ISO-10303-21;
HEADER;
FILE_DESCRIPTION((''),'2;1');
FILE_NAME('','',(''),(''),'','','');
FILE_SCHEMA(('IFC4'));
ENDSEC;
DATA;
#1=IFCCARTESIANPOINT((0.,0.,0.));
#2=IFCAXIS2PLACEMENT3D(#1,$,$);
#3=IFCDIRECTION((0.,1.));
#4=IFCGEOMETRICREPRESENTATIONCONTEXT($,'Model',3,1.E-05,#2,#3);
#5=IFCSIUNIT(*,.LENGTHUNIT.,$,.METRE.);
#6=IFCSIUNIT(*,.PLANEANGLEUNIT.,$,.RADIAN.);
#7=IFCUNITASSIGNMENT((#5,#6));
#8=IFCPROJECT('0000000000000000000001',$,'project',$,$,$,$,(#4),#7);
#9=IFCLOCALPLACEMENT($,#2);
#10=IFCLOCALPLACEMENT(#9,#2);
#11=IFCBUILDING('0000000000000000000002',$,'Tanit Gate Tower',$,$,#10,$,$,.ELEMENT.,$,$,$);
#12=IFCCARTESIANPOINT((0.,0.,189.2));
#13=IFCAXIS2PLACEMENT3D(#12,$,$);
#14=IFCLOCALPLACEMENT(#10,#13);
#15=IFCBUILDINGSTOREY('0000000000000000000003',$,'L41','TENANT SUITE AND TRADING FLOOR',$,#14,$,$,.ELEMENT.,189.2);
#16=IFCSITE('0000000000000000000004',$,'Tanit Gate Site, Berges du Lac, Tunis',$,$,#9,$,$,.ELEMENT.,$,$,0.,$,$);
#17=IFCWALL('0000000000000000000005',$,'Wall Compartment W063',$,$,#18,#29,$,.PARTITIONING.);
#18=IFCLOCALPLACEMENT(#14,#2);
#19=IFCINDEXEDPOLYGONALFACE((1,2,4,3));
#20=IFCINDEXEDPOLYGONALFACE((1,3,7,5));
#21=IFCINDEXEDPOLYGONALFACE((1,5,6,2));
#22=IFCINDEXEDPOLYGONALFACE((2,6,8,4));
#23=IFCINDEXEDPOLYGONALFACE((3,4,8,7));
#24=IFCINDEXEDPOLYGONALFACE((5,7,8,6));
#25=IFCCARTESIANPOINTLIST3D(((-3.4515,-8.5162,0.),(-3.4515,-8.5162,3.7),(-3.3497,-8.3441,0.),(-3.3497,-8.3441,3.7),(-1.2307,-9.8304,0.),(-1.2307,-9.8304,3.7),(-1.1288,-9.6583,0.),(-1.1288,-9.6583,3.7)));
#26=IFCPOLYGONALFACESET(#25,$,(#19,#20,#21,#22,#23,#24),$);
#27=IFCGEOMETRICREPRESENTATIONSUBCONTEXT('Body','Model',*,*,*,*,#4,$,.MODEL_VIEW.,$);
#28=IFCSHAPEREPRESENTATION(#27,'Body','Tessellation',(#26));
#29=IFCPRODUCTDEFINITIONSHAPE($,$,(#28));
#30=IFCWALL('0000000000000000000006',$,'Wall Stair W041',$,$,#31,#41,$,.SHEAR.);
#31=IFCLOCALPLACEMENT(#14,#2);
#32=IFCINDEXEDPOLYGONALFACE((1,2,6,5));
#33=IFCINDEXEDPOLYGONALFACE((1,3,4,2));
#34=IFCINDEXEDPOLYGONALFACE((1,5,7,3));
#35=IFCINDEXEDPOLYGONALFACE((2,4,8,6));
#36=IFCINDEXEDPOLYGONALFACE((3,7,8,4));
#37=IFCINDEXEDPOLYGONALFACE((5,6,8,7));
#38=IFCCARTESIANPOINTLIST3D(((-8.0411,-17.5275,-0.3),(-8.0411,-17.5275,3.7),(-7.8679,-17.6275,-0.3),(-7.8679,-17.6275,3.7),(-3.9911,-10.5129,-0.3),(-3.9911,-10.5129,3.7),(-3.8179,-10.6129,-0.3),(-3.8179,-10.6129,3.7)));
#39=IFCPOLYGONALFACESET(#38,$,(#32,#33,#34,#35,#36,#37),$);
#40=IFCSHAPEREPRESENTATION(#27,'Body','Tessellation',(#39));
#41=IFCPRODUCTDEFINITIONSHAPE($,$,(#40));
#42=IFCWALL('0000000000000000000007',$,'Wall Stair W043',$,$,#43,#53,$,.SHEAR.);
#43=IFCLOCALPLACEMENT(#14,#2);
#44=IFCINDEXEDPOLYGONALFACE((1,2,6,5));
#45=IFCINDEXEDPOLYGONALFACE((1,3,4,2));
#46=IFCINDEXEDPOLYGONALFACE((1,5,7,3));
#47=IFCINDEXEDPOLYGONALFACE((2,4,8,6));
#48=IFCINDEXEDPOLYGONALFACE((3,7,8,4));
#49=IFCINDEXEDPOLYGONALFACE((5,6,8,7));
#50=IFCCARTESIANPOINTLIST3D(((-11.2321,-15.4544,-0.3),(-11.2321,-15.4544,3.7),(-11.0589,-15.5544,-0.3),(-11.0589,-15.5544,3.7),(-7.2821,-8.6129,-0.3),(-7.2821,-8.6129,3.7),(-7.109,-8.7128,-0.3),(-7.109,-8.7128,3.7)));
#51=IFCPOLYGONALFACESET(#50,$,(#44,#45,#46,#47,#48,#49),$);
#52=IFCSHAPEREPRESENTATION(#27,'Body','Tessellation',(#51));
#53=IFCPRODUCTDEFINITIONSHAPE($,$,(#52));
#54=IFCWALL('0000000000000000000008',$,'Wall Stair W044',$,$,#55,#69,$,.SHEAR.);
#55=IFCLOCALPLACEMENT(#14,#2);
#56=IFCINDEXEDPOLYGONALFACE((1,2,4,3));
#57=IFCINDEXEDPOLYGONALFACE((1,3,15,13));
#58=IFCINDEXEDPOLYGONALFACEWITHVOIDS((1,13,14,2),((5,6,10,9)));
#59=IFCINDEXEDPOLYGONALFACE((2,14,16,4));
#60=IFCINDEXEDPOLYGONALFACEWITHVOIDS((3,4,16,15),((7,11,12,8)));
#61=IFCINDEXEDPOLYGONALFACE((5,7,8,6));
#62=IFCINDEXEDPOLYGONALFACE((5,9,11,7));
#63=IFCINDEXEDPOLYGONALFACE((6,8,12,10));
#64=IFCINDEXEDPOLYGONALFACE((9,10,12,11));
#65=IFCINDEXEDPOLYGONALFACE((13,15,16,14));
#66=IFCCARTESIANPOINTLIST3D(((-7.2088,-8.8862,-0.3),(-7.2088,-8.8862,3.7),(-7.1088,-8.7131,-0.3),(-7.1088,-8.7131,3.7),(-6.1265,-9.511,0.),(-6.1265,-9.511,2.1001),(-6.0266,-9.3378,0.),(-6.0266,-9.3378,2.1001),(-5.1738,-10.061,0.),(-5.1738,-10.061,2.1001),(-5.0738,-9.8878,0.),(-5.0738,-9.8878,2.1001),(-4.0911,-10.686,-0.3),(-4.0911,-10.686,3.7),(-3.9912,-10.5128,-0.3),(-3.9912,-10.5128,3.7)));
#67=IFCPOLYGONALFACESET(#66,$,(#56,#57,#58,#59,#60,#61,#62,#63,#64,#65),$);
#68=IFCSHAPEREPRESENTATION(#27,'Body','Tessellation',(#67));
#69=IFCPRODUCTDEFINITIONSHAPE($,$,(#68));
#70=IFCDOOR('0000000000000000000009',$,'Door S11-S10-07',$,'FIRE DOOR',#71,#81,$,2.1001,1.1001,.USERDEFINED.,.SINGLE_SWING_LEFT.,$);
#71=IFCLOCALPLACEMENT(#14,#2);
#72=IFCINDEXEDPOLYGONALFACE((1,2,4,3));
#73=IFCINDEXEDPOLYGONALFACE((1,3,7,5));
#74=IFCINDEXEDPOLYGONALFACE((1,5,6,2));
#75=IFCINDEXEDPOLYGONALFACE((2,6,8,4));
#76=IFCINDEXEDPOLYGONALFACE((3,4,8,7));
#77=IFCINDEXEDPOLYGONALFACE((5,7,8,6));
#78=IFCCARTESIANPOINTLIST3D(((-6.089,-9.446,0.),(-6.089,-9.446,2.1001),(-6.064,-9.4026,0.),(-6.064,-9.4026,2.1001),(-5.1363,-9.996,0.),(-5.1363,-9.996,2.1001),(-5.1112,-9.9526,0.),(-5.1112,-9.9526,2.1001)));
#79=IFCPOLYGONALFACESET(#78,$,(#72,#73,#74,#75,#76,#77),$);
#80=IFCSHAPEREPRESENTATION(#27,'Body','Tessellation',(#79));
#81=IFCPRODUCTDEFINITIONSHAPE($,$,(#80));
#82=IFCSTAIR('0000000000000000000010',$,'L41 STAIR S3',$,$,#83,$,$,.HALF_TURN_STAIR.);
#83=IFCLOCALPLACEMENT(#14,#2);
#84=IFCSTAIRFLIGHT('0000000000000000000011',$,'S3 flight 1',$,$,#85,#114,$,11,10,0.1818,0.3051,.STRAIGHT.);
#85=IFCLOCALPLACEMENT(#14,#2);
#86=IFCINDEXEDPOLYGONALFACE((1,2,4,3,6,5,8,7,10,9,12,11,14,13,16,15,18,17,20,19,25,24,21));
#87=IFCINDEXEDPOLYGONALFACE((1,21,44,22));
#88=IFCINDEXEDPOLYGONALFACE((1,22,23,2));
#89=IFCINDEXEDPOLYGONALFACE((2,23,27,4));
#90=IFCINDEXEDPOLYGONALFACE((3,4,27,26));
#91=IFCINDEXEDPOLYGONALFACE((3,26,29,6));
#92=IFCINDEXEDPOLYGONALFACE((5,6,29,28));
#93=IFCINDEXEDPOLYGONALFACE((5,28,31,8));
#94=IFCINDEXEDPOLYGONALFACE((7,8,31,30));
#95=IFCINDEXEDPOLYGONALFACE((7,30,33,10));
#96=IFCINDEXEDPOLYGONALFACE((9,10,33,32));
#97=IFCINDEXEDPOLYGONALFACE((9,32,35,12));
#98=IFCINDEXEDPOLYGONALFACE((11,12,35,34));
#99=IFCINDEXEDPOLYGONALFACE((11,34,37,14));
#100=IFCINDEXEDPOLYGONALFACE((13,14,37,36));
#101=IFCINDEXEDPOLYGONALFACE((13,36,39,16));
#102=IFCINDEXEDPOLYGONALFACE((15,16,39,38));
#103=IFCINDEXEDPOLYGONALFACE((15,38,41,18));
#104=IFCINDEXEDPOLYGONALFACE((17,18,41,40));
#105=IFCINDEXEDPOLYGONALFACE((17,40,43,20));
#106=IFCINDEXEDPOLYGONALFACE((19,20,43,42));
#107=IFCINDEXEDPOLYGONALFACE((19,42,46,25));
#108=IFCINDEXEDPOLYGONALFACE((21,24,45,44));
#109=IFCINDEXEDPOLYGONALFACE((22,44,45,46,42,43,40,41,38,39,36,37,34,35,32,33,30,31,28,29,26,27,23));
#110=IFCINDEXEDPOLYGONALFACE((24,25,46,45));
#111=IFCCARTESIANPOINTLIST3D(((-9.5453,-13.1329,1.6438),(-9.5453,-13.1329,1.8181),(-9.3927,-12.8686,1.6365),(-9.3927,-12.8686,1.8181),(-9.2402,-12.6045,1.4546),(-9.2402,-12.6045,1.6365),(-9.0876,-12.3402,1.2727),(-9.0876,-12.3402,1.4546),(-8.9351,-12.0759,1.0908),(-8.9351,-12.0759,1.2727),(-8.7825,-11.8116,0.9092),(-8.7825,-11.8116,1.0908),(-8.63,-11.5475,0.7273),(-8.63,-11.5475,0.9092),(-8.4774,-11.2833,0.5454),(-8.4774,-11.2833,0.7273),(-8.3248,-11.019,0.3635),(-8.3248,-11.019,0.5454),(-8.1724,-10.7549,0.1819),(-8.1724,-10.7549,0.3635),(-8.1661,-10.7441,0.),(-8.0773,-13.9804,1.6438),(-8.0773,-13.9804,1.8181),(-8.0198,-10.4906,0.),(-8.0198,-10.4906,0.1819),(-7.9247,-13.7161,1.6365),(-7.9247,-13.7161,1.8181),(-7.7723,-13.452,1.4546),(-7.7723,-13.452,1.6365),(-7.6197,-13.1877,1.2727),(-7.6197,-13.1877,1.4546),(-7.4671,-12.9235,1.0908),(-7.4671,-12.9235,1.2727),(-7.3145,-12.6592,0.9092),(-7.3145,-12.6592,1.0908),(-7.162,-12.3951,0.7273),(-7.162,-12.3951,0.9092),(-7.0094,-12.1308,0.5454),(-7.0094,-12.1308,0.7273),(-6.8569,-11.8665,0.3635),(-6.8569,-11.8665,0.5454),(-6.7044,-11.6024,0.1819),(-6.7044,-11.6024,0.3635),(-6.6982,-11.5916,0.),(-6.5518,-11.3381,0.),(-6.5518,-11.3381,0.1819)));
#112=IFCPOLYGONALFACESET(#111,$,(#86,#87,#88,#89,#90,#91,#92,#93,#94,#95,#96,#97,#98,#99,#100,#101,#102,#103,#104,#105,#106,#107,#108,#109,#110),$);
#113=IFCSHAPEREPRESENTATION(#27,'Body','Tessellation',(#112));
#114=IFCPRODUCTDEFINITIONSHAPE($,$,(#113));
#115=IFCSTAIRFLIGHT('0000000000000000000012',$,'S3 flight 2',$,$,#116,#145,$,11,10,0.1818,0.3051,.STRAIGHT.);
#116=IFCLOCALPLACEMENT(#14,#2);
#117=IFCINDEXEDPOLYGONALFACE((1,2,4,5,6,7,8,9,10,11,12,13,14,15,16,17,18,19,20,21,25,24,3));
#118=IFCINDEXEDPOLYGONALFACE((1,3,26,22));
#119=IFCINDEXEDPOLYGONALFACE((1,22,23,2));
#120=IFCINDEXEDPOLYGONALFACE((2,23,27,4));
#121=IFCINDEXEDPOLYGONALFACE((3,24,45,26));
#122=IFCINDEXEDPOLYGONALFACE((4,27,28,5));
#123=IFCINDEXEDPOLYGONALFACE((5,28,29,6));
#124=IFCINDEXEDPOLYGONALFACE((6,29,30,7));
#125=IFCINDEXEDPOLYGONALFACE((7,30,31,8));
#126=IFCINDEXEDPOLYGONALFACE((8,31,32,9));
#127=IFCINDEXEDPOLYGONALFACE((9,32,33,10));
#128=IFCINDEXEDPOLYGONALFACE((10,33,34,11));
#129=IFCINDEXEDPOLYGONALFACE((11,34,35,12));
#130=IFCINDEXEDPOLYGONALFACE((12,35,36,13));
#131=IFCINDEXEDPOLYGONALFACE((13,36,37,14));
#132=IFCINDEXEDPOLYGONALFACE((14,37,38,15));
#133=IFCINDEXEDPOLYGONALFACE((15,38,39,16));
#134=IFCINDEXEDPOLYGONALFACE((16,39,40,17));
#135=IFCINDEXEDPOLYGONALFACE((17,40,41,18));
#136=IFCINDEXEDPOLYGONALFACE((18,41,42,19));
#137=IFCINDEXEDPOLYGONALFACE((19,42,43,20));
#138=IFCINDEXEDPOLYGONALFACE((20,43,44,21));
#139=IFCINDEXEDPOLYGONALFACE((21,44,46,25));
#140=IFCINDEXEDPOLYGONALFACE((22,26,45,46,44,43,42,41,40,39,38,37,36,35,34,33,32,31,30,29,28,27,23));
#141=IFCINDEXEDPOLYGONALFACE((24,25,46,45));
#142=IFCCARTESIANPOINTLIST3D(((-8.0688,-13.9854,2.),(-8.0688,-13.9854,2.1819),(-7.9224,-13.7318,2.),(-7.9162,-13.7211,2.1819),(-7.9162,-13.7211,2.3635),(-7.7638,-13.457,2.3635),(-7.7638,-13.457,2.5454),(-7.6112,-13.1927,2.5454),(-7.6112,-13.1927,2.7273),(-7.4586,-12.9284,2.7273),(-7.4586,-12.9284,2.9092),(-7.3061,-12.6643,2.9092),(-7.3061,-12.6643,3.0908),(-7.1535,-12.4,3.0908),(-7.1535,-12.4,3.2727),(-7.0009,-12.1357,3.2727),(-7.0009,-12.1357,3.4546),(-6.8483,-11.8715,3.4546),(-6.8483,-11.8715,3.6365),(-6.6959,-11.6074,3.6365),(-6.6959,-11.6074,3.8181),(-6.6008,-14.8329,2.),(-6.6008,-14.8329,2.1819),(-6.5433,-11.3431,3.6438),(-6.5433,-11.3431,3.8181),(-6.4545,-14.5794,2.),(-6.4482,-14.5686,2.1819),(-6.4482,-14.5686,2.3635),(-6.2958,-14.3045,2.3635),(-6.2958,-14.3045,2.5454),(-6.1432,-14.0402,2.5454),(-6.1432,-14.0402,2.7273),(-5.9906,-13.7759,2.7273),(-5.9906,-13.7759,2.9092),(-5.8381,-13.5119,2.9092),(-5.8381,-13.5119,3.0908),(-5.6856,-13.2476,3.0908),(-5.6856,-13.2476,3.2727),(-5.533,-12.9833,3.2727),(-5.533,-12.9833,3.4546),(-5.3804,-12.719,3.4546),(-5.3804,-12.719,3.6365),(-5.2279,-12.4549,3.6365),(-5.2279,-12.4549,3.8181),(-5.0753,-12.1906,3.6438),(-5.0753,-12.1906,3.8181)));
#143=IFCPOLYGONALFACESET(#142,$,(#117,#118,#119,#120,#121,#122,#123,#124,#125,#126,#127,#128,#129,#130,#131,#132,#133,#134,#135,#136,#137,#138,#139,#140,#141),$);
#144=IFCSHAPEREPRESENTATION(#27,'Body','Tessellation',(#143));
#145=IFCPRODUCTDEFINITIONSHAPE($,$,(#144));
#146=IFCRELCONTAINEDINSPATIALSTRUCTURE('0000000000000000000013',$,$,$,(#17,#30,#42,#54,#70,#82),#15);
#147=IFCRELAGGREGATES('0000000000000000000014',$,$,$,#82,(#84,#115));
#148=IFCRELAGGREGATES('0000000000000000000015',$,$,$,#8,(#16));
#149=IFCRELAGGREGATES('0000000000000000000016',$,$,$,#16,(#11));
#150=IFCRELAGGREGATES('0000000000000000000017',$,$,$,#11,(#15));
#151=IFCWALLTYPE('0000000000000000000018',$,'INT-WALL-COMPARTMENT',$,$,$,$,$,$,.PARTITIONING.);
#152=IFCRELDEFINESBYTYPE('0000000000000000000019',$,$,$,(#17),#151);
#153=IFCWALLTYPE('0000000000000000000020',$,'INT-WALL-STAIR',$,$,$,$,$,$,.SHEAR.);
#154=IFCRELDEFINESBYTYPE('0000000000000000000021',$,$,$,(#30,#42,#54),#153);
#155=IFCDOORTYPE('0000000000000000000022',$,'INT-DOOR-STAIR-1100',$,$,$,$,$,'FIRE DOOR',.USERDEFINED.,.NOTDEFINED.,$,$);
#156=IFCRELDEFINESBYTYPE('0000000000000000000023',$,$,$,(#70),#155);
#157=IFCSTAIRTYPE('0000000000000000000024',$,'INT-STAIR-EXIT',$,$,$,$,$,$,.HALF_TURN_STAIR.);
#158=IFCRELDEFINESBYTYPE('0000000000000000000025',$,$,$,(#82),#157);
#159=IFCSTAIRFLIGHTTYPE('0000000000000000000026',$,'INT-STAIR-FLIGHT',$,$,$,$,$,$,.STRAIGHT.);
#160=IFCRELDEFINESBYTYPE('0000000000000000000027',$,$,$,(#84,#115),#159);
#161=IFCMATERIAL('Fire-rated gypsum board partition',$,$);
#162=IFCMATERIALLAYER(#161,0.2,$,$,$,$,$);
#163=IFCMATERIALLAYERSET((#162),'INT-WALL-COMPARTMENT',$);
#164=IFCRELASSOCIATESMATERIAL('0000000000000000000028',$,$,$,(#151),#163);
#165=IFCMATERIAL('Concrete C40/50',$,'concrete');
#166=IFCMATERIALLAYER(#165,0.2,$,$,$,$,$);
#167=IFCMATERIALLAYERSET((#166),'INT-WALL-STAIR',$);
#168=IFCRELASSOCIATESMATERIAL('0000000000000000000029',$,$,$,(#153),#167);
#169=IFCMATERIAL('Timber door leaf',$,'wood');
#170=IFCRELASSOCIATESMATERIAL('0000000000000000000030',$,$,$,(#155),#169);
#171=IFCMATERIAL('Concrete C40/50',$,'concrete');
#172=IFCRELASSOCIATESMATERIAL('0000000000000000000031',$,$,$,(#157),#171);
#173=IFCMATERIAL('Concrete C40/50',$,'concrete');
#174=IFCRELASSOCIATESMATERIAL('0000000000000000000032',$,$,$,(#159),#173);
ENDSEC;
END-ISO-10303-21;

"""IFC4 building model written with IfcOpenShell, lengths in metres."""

from ifc_helpers import new_model, si_unit, direction, frame, frame_2d, origin, place, context, subcontext, project, spatial, polyline, rectangle, outline, extrude, material, layer, layer_set, type_object, element, fill, aggregate, save


model = new_model("IFC4")

# Units and contexts
model_context = context("Model", 3, precision=1e-05, world=origin(), true_north=direction((0.0, 1.0)))
body_context = subcontext(model_context, "Body", "Model", "MODEL_VIEW")
ifc_project = project(units=[si_unit("LENGTHUNIT", "METRE"), si_unit("PLANEANGLEUNIT", "RADIAN")], contexts=[model_context])

# Site, building, storey
site_placement = place(None, origin())
site = spatial("IfcSite", under=ifc_project, at=site_placement, Name="Tanit Gate Site, Berges du Lac, Tunis", CompositionType="ELEMENT", RefElevation=0.0)
building_placement = place(site_placement, origin())
building = spatial("IfcBuilding", under=site, at=building_placement, Name="Tanit Gate Tower", CompositionType="ELEMENT")
storey_placement = place(building_placement, frame((0.0, 0.0, 189.2)))
storey = spatial("IfcBuildingStorey", under=building, at=storey_placement, Name="L41", Description="TENANT SUITE AND TRADING FLOOR", CompositionType="ELEMENT", Elevation=189.2)

# Wall
ifc_material_1 = material(Name="Fire-rated gypsum board partition")
ifc_layer_1 = layer(ifc_material_1, 0.2)
ifc_layer_set_1 = layer_set([ifc_layer_1], Name="INT-WALL-COMPARTMENT")
wall_type_1 = type_object("IfcWallType", Name="INT-WALL-COMPARTMENT", PredefinedType="PARTITIONING", material=ifc_layer_set_1)
wall_1_placement = place(storey_placement, frame((-3.4006, -8.4302, 0.0), z_axis=(0.0, 0.0, 1.0), x_axis=(0.860616, -0.509255, 0.0)))
element("IfcWall", 1, at=wall_1_placement, inside=storey, type_object=wall_type_1, Name="Wall Compartment W063", PredefinedType="PARTITIONING", context=body_context, shape_type="SweptSolid", body=[
    extrude(rectangle(XDim=2.5806, YDim=0.2, at=frame_2d((1.2903, 0.0))), origin(), (0.0, 0.0, 1.0), 3.7),
])

# Walls
ifc_material_2 = material(Name="Concrete C40/50", Category="concrete")
ifc_layer_2 = layer(ifc_material_2, 0.2)
ifc_layer_set_2 = layer_set([ifc_layer_2], Name="INT-WALL-STAIR")
wall_type_2 = type_object("IfcWallType", Name="INT-WALL-STAIR", PredefinedType="SHEAR", material=ifc_layer_set_2)
wall_2_placement = place(storey_placement, frame((-3.9045, -10.563, -0.3), z_axis=(0.0, 0.0, 1.0), x_axis=(-0.500013, -0.866018, 0.0)))
element("IfcWall", 2, at=wall_2_placement, inside=storey, type_object=wall_type_2, Name="Wall Stair W041", PredefinedType="SHEAR", context=body_context, shape_type="SweptSolid", body=[
    extrude(rectangle(XDim=8.0999, YDim=0.2, at=frame_2d((4.0498, 0.0))), origin(), (0.0, 0.0, 1.0), 4.0),
])
wall_3_placement = place(storey_placement, frame((-7.1956, -8.6628, -0.3), z_axis=(0.0, 0.0, 1.0), x_axis=(-0.499998, -0.866027, 0.0)))
element("IfcWall", 3, at=wall_3_placement, inside=storey, type_object=wall_type_2, Name="Wall Stair W043", PredefinedType="SHEAR", context=body_context, shape_type="SweptSolid", body=[
    extrude(rectangle(XDim=7.8999, YDim=0.2, at=frame_2d((3.95, 0.0))), origin(), (0.0, 0.0, 1.0), 4.0),
])

# Wall, opening, door
wall_4_placement = place(storey_placement, frame((-4.0413, -10.5994, -0.3), z_axis=(0.0, 0.0, 1.0), x_axis=(-0.866048, 0.499961, 0.0)))
wall_4 = element("IfcWall", 4, at=wall_4_placement, inside=storey, type_object=wall_type_2, Name="Wall Stair W044", PredefinedType="SHEAR", context=body_context, shape_type="SweptSolid", body=[
    extrude(rectangle(XDim=3.5999, YDim=0.2, at=frame_2d((1.7998, 0.0))), origin(), (0.0, 0.0, 1.0), 4.0),
])
opening_1_placement = place(wall_4_placement, frame((1.25, 0.0, 0.3)))
opening_1 = element("IfcOpeningElement", 5, at=opening_1_placement, cuts=wall_4, PredefinedType="OPENING", context=body_context, shape_type="SweptSolid", body=[
    extrude(rectangle(XDim=1.1001, YDim=2.1001, at=frame_2d((0.55, 1.05))), frame((0.0, 0.1099, 0.0), z_axis=(0.0, -1.0, 0.0), x_axis=(1.0, 0.0, 0.0)), (0.0, 0.0, 1.0), 0.22),
])
ifc_material_3 = material(Name="Timber door leaf", Category="wood")
door_type_1 = type_object("IfcDoorType", Name="INT-DOOR-STAIR-1100", ElementType="FIRE DOOR", OperationType="NOTDEFINED", PredefinedType="USERDEFINED", material=ifc_material_3)
door_1_placement = place(opening_1_placement, origin())
door_1 = element("IfcDoor", 6, at=door_1_placement, inside=storey, type_object=door_type_1, Name="Door S11-S10-07", ObjectType="FIRE DOOR", OperationType="SINGLE_SWING_LEFT", OverallHeight=2.1001, OverallWidth=1.1001, PredefinedType="USERDEFINED", context=body_context, shape_type="SweptSolid", body=[
    extrude(rectangle(XDim=1.1001, YDim=2.1001, at=frame_2d((0.55, 1.05))), frame((0.0, 0.0249, 0.0), z_axis=(0.0, -1.0, 0.0), x_axis=(1.0, 0.0, 0.0)), (0.0, 0.0, 1.0), 0.05),
])
fill(opening_1, door_1)

# Stair, stair flights
ifc_material_4 = material(Name="Concrete C40/50", Category="concrete")
stair_type = type_object("IfcStairType", Name="INT-STAIR-EXIT", PredefinedType="HALF_TURN_STAIR", material=ifc_material_4)
stair_placement = place(storey_placement, origin())
stair = element("IfcStair", 7, at=stair_placement, inside=storey, type_object=stair_type, Name="L41 STAIR S3", PredefinedType="HALF_TURN_STAIR")
ifc_material_5 = material(Name="Concrete C40/50", Category="concrete")
stair_flight_type = type_object("IfcStairFlightType", Name="INT-STAIR-FLIGHT", PredefinedType="STRAIGHT", material=ifc_material_5)
stair_flight_1_placement = place(storey_placement, frame((-7.2859, -10.9143, 0.0), z_axis=(0.0, 0.0, 1.0), x_axis=(-0.5, -0.866025, 0.0)))
stair_flight_1 = element("IfcStairFlight", 8, at=stair_flight_1_placement, type_object=stair_flight_type, Name="S3 flight 1", NumberOfRisers=11, NumberOfTreads=10, PredefinedType="STRAIGHT", RiserHeight=0.1818, TreadLength=0.3051, context=body_context, shape_type="SweptSolid", body=[
    extrude(outline(polyline([(0.0, 0.0), (0.0, 0.1819), (0.3052, 0.1819), (0.3052, 0.3635), (0.6101, 0.3635), (0.6101, 0.5454), (0.9153, 0.5454), (0.9153, 0.7273), (1.2205, 0.7273), (1.2205, 0.9092), (1.5254, 0.9092), (1.5254, 1.0908), (1.8306, 1.0908), (1.8306, 1.2727), (2.1357, 1.2727), (2.1357, 1.4546), (2.4409, 1.4546), (2.4409, 1.6365), (2.7458, 1.6365), (2.7458, 1.8181), (3.051, 1.8181), (3.051, 2.0), (3.051, 1.6438), (0.2927, 0.0), (0.0, 0.0)])), frame((0.0, 0.8477, 0.0), z_axis=(0.0, -1.0, 0.0), x_axis=(1.0, 0.0, 0.0)), (0.0, 0.0, 1.0), 1.6951),
])
stair_flight_2_placement = place(storey_placement, frame((-7.3347, -14.4092, 2.0), z_axis=(0.0, 0.0, 1.0), x_axis=(0.5, 0.866025, 0.0)))
stair_flight_2 = element("IfcStairFlight", 9, at=stair_flight_2_placement, type_object=stair_flight_type, Name="S3 flight 2", NumberOfRisers=11, NumberOfTreads=10, PredefinedType="STRAIGHT", RiserHeight=0.1818, TreadLength=0.3051, context=body_context, shape_type="SweptSolid", body=[
    extrude(outline(polyline([(0.0, 0.0), (0.0, 0.1819), (0.3052, 0.1819), (0.3052, 0.3635), (0.6101, 0.3635), (0.6101, 0.5454), (0.9153, 0.5454), (0.9153, 0.7273), (1.2205, 0.7273), (1.2205, 0.9092), (1.5254, 0.9092), (1.5254, 1.0908), (1.8306, 1.0908), (1.8306, 1.2727), (2.1357, 1.2727), (2.1357, 1.4546), (2.4409, 1.4546), (2.4409, 1.6365), (2.7458, 1.6365), (2.7458, 1.8181), (3.051, 1.8181), (3.051, 2.0), (3.051, 1.6438), (0.2927, 0.0), (0.0, 0.0)])), frame((0.0, 0.8477, 0.0), z_axis=(0.0, -1.0, 0.0), x_axis=(1.0, 0.0, 0.0)), (0.0, 0.0, 1.0), 1.6951),
])
aggregate(stair, [stair_flight_1, stair_flight_2])

save(model, "model.ifc")
